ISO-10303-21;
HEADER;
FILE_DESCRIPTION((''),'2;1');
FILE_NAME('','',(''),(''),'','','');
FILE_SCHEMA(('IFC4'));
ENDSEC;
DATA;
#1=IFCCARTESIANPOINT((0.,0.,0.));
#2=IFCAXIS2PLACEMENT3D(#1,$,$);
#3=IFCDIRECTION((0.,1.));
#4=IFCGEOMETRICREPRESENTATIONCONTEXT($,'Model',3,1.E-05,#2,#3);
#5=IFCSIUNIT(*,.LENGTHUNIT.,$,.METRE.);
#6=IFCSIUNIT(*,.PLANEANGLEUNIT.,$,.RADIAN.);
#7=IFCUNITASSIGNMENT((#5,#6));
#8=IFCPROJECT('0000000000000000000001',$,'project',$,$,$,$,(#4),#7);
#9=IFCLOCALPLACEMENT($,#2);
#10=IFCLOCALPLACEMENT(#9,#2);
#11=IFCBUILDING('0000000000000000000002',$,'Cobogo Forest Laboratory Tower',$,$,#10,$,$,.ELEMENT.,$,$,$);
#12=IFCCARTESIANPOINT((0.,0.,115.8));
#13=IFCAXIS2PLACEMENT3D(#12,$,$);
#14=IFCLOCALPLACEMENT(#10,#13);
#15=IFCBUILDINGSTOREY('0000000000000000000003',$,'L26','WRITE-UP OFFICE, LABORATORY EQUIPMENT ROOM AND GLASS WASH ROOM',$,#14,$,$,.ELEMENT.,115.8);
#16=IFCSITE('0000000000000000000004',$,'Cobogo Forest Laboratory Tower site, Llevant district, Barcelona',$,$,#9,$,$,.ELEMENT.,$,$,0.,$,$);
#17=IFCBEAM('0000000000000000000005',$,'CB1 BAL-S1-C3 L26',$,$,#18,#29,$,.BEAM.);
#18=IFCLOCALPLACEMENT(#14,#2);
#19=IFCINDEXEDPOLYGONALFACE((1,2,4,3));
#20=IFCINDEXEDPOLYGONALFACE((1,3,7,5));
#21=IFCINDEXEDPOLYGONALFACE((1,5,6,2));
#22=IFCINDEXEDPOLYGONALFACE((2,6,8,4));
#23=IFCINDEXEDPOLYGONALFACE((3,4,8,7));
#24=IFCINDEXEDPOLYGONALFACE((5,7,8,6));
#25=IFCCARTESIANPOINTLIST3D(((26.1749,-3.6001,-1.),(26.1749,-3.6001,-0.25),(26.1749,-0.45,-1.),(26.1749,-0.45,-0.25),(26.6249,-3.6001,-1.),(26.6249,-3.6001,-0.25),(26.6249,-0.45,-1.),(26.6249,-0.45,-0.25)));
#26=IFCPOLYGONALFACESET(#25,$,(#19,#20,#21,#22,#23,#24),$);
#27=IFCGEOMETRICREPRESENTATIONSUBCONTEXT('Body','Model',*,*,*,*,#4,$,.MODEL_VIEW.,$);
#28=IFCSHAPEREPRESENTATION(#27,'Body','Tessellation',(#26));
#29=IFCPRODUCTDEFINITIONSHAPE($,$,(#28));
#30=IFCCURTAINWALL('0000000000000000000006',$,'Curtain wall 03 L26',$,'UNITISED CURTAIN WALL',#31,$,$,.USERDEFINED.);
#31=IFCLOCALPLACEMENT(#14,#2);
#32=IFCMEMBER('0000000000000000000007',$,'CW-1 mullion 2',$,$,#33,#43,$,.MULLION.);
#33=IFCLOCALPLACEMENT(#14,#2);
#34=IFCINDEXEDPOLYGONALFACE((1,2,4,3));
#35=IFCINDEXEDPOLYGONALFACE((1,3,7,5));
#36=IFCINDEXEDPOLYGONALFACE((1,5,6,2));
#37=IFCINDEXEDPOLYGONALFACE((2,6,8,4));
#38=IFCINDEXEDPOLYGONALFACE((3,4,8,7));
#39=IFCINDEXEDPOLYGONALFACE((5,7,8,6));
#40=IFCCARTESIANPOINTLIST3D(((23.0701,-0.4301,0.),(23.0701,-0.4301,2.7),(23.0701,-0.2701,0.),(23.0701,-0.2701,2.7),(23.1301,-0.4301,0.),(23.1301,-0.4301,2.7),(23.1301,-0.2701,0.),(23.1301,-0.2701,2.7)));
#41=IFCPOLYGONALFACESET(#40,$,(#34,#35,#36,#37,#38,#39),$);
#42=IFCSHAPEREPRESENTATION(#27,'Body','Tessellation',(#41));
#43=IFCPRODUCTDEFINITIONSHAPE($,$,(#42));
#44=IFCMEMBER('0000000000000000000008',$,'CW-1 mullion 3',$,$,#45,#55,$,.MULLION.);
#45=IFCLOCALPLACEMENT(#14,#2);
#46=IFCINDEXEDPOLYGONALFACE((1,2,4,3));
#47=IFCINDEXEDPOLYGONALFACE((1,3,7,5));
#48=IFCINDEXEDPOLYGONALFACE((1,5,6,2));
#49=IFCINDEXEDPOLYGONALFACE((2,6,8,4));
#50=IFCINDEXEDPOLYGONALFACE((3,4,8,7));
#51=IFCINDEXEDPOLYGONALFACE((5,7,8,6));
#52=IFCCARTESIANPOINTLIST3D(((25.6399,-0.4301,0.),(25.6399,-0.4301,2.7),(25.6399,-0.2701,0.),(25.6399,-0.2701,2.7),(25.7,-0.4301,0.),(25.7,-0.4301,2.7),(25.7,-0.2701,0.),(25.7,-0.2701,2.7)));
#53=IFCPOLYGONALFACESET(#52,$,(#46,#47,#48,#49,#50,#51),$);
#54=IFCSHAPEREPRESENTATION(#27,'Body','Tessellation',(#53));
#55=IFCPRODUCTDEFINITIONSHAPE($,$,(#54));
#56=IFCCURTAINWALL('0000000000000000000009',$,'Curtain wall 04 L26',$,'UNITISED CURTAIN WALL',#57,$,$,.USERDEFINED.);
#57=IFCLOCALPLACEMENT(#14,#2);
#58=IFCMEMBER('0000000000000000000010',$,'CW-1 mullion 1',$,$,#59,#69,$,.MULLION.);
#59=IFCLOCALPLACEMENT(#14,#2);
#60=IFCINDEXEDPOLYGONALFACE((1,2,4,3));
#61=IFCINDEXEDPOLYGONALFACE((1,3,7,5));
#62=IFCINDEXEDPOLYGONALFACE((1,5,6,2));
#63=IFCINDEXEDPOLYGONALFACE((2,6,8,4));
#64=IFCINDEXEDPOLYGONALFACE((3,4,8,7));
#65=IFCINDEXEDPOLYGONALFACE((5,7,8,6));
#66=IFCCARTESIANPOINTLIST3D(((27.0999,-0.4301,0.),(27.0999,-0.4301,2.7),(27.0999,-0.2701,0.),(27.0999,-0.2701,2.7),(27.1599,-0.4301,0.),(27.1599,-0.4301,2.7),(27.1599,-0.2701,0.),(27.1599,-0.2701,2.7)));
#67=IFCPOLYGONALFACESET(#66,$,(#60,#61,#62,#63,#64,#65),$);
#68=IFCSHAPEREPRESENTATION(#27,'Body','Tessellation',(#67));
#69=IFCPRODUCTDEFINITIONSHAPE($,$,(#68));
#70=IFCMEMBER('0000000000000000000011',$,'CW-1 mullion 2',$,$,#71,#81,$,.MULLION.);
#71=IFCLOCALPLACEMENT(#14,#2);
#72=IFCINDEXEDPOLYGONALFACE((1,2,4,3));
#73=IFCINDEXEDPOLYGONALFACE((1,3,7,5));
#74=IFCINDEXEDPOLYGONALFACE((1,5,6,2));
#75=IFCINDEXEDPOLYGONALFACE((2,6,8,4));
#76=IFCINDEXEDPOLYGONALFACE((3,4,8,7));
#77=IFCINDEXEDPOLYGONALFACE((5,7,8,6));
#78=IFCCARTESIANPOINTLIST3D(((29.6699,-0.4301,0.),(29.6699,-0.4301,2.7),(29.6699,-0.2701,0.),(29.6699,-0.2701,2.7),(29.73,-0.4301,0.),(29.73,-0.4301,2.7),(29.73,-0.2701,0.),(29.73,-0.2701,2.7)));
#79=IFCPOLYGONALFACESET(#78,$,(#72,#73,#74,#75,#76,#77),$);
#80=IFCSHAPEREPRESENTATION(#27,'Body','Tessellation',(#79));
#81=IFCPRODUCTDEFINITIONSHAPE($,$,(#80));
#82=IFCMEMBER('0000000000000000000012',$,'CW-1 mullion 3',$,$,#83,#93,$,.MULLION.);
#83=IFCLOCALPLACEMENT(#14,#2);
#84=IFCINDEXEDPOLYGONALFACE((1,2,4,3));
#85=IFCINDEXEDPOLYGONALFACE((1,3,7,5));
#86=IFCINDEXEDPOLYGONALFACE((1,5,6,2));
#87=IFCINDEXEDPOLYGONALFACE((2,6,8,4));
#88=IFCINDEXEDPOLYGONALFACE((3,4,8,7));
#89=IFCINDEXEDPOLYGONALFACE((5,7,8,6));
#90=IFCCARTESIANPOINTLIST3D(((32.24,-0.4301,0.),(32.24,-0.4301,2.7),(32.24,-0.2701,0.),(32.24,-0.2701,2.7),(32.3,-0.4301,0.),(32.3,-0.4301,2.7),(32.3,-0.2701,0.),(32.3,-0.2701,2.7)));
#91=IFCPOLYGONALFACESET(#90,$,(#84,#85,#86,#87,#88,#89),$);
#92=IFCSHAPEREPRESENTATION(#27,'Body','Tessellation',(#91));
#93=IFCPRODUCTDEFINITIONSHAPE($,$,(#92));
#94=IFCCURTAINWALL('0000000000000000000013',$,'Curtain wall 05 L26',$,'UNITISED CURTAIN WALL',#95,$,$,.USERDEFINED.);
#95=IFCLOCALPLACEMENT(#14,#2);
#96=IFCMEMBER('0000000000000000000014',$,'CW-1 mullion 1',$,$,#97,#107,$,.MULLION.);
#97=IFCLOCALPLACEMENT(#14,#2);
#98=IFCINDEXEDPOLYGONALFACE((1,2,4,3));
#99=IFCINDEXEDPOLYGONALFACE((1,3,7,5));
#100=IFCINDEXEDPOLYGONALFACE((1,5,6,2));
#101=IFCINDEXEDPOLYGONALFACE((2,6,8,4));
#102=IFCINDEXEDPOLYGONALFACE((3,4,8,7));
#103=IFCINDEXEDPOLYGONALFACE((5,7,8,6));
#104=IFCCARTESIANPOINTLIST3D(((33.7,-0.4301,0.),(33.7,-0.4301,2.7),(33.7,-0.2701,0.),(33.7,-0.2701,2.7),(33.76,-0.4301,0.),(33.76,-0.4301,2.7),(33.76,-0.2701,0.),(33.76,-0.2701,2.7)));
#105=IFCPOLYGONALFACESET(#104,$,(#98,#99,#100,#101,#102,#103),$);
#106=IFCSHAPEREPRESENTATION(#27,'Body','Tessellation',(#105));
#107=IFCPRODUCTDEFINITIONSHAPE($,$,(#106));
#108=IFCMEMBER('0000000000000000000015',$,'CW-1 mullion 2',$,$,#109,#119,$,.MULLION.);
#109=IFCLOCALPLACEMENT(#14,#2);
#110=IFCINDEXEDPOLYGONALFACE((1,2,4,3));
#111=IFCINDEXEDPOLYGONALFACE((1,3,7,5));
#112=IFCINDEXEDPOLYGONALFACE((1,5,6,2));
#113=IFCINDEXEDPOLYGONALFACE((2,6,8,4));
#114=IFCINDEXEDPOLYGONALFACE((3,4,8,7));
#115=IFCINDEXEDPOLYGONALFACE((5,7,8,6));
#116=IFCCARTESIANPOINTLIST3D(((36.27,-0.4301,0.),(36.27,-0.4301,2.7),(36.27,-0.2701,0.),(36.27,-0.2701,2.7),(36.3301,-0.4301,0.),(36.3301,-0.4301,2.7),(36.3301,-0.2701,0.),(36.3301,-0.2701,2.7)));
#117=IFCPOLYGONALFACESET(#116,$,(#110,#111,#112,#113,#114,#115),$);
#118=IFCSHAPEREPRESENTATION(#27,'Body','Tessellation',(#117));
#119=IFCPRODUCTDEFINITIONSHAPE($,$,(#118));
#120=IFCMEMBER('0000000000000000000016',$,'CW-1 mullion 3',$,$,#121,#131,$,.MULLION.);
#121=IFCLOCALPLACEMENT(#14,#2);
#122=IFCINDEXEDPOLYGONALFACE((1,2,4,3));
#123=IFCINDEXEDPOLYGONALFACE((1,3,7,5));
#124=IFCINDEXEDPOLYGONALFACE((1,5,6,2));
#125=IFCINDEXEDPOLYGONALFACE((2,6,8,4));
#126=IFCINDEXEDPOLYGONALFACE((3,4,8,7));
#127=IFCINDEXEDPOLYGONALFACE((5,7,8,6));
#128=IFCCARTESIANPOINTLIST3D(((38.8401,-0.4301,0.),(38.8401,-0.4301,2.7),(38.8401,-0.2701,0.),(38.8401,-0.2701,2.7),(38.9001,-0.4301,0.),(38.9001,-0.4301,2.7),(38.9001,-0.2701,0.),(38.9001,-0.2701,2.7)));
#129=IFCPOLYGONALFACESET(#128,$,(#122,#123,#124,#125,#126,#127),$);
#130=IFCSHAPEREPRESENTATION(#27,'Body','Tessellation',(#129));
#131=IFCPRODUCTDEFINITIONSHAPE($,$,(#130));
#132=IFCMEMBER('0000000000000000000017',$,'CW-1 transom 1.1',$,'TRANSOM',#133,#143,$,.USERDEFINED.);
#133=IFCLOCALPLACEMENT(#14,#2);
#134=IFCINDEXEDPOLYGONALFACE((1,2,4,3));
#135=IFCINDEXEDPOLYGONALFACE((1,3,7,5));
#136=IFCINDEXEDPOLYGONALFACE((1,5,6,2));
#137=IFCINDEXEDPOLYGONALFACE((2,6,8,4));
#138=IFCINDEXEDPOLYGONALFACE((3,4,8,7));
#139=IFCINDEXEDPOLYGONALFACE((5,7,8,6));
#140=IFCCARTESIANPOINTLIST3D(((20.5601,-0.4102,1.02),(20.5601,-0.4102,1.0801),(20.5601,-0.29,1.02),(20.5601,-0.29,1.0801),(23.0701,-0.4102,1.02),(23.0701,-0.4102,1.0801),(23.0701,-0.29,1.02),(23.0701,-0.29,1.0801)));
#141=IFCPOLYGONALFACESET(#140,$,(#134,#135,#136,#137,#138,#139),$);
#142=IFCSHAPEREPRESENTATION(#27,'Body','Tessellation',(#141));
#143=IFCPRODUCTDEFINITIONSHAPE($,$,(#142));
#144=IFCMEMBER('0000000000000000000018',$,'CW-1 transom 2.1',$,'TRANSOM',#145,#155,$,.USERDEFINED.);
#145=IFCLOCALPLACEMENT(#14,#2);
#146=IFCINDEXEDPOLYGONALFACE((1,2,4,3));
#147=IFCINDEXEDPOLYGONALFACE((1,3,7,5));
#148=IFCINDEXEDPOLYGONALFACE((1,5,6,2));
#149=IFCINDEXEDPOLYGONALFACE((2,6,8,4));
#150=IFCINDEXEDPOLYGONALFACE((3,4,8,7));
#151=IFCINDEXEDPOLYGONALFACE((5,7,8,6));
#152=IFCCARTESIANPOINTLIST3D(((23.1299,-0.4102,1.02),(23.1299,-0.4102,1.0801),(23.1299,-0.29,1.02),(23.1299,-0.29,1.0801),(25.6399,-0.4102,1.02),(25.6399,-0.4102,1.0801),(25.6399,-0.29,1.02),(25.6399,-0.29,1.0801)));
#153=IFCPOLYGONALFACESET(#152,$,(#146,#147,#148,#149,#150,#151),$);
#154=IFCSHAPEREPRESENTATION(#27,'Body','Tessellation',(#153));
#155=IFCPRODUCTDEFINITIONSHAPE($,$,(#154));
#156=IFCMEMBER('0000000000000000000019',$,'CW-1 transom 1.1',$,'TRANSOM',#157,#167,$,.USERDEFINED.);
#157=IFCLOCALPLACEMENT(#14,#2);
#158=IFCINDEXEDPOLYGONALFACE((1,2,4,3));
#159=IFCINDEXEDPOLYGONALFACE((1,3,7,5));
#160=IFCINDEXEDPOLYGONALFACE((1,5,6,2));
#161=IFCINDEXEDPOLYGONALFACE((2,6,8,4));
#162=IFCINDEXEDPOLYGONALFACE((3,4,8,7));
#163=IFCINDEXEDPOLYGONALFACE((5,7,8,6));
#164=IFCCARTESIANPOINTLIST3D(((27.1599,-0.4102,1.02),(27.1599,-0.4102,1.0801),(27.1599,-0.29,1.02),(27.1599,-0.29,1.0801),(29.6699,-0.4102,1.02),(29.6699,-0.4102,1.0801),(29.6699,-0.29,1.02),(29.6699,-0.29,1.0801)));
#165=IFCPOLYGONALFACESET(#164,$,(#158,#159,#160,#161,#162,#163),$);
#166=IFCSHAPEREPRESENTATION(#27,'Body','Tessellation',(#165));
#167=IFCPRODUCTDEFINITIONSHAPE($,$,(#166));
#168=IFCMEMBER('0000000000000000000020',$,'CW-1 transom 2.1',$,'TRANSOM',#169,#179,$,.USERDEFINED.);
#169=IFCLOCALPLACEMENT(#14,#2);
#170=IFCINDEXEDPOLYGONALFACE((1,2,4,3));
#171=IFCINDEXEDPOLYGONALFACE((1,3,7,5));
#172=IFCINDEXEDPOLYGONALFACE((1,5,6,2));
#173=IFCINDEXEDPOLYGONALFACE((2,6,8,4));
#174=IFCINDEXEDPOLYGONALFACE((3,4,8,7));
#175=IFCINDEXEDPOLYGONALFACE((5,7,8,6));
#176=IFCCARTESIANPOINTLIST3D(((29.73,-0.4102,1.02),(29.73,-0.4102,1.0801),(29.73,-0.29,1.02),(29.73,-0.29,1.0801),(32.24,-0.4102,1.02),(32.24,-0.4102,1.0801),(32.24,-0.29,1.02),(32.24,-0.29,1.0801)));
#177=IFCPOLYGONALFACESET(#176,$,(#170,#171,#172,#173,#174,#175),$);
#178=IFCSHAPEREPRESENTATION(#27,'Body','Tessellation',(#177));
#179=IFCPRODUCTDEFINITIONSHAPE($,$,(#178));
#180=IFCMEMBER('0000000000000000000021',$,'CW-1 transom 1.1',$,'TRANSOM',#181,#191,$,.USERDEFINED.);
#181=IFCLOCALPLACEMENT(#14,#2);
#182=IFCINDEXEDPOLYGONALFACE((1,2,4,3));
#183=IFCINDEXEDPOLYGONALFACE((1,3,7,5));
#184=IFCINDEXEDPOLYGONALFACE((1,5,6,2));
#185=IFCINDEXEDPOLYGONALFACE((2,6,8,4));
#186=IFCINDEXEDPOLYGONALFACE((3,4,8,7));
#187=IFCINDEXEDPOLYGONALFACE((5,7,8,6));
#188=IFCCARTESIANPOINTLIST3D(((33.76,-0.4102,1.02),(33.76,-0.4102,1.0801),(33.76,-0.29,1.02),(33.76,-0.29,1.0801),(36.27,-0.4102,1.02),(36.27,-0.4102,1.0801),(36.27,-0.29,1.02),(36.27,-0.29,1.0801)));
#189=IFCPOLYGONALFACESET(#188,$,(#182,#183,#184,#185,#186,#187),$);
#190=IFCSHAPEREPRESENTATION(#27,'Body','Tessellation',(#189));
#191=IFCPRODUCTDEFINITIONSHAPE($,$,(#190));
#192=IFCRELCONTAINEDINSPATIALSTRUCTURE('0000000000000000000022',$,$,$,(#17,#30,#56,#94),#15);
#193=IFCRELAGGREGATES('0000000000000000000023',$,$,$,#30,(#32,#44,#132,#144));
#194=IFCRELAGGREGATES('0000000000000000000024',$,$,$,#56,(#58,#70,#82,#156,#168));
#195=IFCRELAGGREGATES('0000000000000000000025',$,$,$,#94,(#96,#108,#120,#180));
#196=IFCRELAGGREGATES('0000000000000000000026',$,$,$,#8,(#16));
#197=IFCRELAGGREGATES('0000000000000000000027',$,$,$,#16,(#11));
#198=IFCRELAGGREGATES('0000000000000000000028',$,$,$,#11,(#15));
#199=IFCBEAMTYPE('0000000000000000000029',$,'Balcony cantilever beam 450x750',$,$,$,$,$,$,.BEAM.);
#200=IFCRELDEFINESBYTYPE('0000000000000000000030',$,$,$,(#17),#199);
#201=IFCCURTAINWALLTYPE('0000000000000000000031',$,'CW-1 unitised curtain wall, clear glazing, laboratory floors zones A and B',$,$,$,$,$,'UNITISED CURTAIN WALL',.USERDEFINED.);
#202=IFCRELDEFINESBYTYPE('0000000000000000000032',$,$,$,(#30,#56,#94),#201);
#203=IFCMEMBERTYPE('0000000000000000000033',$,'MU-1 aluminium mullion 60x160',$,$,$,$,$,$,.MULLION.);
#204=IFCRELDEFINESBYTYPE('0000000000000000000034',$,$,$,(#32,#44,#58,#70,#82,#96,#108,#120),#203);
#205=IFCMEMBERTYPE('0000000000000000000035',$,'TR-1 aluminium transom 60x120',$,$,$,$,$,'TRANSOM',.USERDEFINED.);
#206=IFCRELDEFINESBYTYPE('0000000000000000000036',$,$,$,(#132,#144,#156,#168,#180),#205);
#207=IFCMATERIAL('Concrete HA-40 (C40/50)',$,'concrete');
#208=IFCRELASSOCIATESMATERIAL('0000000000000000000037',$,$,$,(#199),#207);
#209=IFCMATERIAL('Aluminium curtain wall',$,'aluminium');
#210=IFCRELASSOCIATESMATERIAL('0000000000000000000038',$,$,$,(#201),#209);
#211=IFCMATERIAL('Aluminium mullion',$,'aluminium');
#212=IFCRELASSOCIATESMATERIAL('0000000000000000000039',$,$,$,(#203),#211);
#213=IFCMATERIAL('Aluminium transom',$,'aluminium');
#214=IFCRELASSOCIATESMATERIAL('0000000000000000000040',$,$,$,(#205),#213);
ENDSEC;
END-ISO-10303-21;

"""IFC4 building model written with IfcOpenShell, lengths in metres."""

from ifc_helpers import new_model, si_unit, direction, frame, origin, origin_2d, place, context, subcontext, project, spatial, rectangle, extrude, material, material_profile, profile_set, type_object, element, aggregate, save


model = new_model("IFC4")

# Units and contexts
model_context = context("Model", 3, precision=1e-05, world=origin(), true_north=direction((0.0, 1.0)))
body_context = subcontext(model_context, "Body", "Model", "MODEL_VIEW")
ifc_project = project(units=[si_unit("LENGTHUNIT", "METRE"), si_unit("PLANEANGLEUNIT", "RADIAN")], contexts=[model_context])

# Site, building, storey
site_placement = place(None, origin())
site = spatial("IfcSite", under=ifc_project, at=site_placement, Name="Cobogo Forest Laboratory Tower site, Llevant district, Barcelona", CompositionType="ELEMENT", RefElevation=0.0)
building_placement = place(site_placement, origin())
building = spatial("IfcBuilding", under=site, at=building_placement, Name="Cobogo Forest Laboratory Tower", CompositionType="ELEMENT")
storey_placement = place(building_placement, frame((0.0, 0.0, 115.8)))
storey = spatial("IfcBuildingStorey", under=building, at=storey_placement, Name="L26", Description="WRITE-UP OFFICE, LABORATORY EQUIPMENT ROOM AND GLASS WASH ROOM", CompositionType="ELEMENT", Elevation=115.8)

# Beam
ifc_material_1 = material(Name="Concrete HA-40 (C40/50)", Category="concrete")
ifc_material_profile_1 = material_profile(ifc_material_1, rectangle(XDim=0.45, YDim=0.75, at=origin_2d()), Name="RC 450x750")
ifc_profile_set_1 = profile_set([ifc_material_profile_1], Name="Concrete HA-40 (C40/50)")
beam_type = type_object("IfcBeamType", Name="Balcony cantilever beam 450x750", PredefinedType="BEAM", material=ifc_profile_set_1)
beam_placement = place(storey_placement, frame((26.3999, -0.45, -0.625), z_axis=(0.0, -1.0, 0.0), x_axis=(1.0, 0.0, 0.0)))
element("IfcBeam", 1, at=beam_placement, inside=storey, type_object=beam_type, Name="CB1 BAL-S1-C3 L26", PredefinedType="BEAM", context=body_context, shape_type="SweptSolid", body=[
    extrude(rectangle(XDim=0.45, YDim=0.75, at=origin_2d()), origin(), (0.0, 0.0, 1.0), 3.1501),
])

# Curtain walls, members
ifc_material_2 = material(Name="Aluminium curtain wall", Category="aluminium")
curtain_wall_type = type_object("IfcCurtainWallType", Name="CW-1 unitised curtain wall, clear glazing, laboratory floors zones A and B", ElementType="UNITISED CURTAIN WALL", PredefinedType="USERDEFINED", material=ifc_material_2)
curtain_wall_1_placement = place(storey_placement, origin())
curtain_wall_1 = element("IfcCurtainWall", 2, at=curtain_wall_1_placement, inside=storey, type_object=curtain_wall_type, Name="Curtain wall 03 L26", ObjectType="UNITISED CURTAIN WALL", PredefinedType="USERDEFINED")
ifc_material_3 = material(Name="Aluminium mullion", Category="aluminium")
ifc_material_profile_2 = material_profile(ifc_material_3, rectangle(XDim=0.0601, YDim=0.1599, at=origin_2d()), Name="AL 60x160")
ifc_profile_set_2 = profile_set([ifc_material_profile_2], Name="Aluminium mullion")
member_type_1 = type_object("IfcMemberType", Name="MU-1 aluminium mullion 60x160", PredefinedType="MULLION", material=ifc_profile_set_2)
member_1_placement = place(storey_placement, frame((23.1001, -0.3501, 0.0), z_axis=(0.0, 0.0, 1.0), x_axis=(1.0, 0.0, 0.0)))
member_1 = element("IfcMember", 3, at=member_1_placement, type_object=member_type_1, Name="CW-1 mullion 2", PredefinedType="MULLION", context=body_context, shape_type="SweptSolid", body=[
    extrude(rectangle(XDim=0.0601, YDim=0.1599, at=origin_2d()), origin(), (0.0, 0.0, 1.0), 2.7),
])
member_2_placement = place(storey_placement, frame((25.6699, -0.3501, 0.0), z_axis=(0.0, 0.0, 1.0), x_axis=(1.0, 0.0, 0.0)))
member_2 = element("IfcMember", 4, at=member_2_placement, type_object=member_type_1, Name="CW-1 mullion 3", PredefinedType="MULLION", context=body_context, shape_type="SweptSolid", body=[
    extrude(rectangle(XDim=0.0601, YDim=0.1599, at=origin_2d()), origin(), (0.0, 0.0, 1.0), 2.7),
])
curtain_wall_2_placement = place(storey_placement, origin())
curtain_wall_2 = element("IfcCurtainWall", 5, at=curtain_wall_2_placement, inside=storey, type_object=curtain_wall_type, Name="Curtain wall 04 L26", ObjectType="UNITISED CURTAIN WALL", PredefinedType="USERDEFINED")
member_3_placement = place(storey_placement, frame((27.1299, -0.3501, 0.0), z_axis=(0.0, 0.0, 1.0), x_axis=(1.0, 0.0, 0.0)))
member_3 = element("IfcMember", 6, at=member_3_placement, type_object=member_type_1, Name="CW-1 mullion 1", PredefinedType="MULLION", context=body_context, shape_type="SweptSolid", body=[
    extrude(rectangle(XDim=0.0601, YDim=0.1599, at=origin_2d()), origin(), (0.0, 0.0, 1.0), 2.7),
])
member_4_placement = place(storey_placement, frame((29.7, -0.3501, 0.0), z_axis=(0.0, 0.0, 1.0), x_axis=(1.0, 0.0, 0.0)))
member_4 = element("IfcMember", 7, at=member_4_placement, type_object=member_type_1, Name="CW-1 mullion 2", PredefinedType="MULLION", context=body_context, shape_type="SweptSolid", body=[
    extrude(rectangle(XDim=0.0601, YDim=0.1599, at=origin_2d()), origin(), (0.0, 0.0, 1.0), 2.7),
])
member_5_placement = place(storey_placement, frame((32.27, -0.3501, 0.0), z_axis=(0.0, 0.0, 1.0), x_axis=(1.0, 0.0, 0.0)))
member_5 = element("IfcMember", 8, at=member_5_placement, type_object=member_type_1, Name="CW-1 mullion 3", PredefinedType="MULLION", context=body_context, shape_type="SweptSolid", body=[
    extrude(rectangle(XDim=0.0601, YDim=0.1599, at=origin_2d()), origin(), (0.0, 0.0, 1.0), 2.7),
])
curtain_wall_3_placement = place(storey_placement, origin())
curtain_wall_3 = element("IfcCurtainWall", 9, at=curtain_wall_3_placement, inside=storey, type_object=curtain_wall_type, Name="Curtain wall 05 L26", ObjectType="UNITISED CURTAIN WALL", PredefinedType="USERDEFINED")
member_6_placement = place(storey_placement, frame((33.73, -0.3501, 0.0), z_axis=(0.0, 0.0, 1.0), x_axis=(1.0, 0.0, 0.0)))
member_6 = element("IfcMember", 10, at=member_6_placement, type_object=member_type_1, Name="CW-1 mullion 1", PredefinedType="MULLION", context=body_context, shape_type="SweptSolid", body=[
    extrude(rectangle(XDim=0.0601, YDim=0.1599, at=origin_2d()), origin(), (0.0, 0.0, 1.0), 2.7),
])
member_7_placement = place(storey_placement, frame((36.3, -0.3501, 0.0), z_axis=(0.0, 0.0, 1.0), x_axis=(1.0, 0.0, 0.0)))
member_7 = element("IfcMember", 11, at=member_7_placement, type_object=member_type_1, Name="CW-1 mullion 2", PredefinedType="MULLION", context=body_context, shape_type="SweptSolid", body=[
    extrude(rectangle(XDim=0.0601, YDim=0.1599, at=origin_2d()), origin(), (0.0, 0.0, 1.0), 2.7),
])
member_8_placement = place(storey_placement, frame((38.8701, -0.3501, 0.0), z_axis=(0.0, 0.0, 1.0), x_axis=(1.0, 0.0, 0.0)))
member_8 = element("IfcMember", 12, at=member_8_placement, type_object=member_type_1, Name="CW-1 mullion 3", PredefinedType="MULLION", context=body_context, shape_type="SweptSolid", body=[
    extrude(rectangle(XDim=0.0601, YDim=0.1599, at=origin_2d()), origin(), (0.0, 0.0, 1.0), 2.7),
])

# Members
ifc_material_4 = material(Name="Aluminium transom", Category="aluminium")
ifc_material_profile_3 = material_profile(ifc_material_4, rectangle(XDim=0.1201, YDim=0.0601, at=origin_2d()), Name="AL 60x120")
ifc_profile_set_3 = profile_set([ifc_material_profile_3], Name="Aluminium transom")
member_type_2 = type_object("IfcMemberType", Name="TR-1 aluminium transom 60x120", ElementType="TRANSOM", PredefinedType="USERDEFINED", material=ifc_profile_set_3)
member_9_placement = place(storey_placement, frame((20.5601, -0.3501, 1.05), z_axis=(1.0, 0.0, 0.0), x_axis=(0.0, 1.0, 0.0)))
member_9 = element("IfcMember", 13, at=member_9_placement, type_object=member_type_2, Name="CW-1 transom 1.1", ObjectType="TRANSOM", PredefinedType="USERDEFINED", context=body_context, shape_type="SweptSolid", body=[
    extrude(rectangle(XDim=0.1201, YDim=0.0601, at=origin_2d()), origin(), (0.0, 0.0, 1.0), 2.51),
])
member_10_placement = place(storey_placement, frame((23.1299, -0.3501, 1.05), z_axis=(1.0, 0.0, 0.0), x_axis=(0.0, 1.0, 0.0)))
member_10 = element("IfcMember", 14, at=member_10_placement, type_object=member_type_2, Name="CW-1 transom 2.1", ObjectType="TRANSOM", PredefinedType="USERDEFINED", context=body_context, shape_type="SweptSolid", body=[
    extrude(rectangle(XDim=0.1201, YDim=0.0601, at=origin_2d()), origin(), (0.0, 0.0, 1.0), 2.51),
])
member_11_placement = place(storey_placement, frame((27.1599, -0.3501, 1.05), z_axis=(1.0, 0.0, 0.0), x_axis=(0.0, 1.0, 0.0)))
member_11 = element("IfcMember", 15, at=member_11_placement, type_object=member_type_2, Name="CW-1 transom 1.1", ObjectType="TRANSOM", PredefinedType="USERDEFINED", context=body_context, shape_type="SweptSolid", body=[
    extrude(rectangle(XDim=0.1201, YDim=0.0601, at=origin_2d()), origin(), (0.0, 0.0, 1.0), 2.51),
])
member_12_placement = place(storey_placement, frame((29.73, -0.3501, 1.05), z_axis=(1.0, 0.0, 0.0), x_axis=(0.0, 1.0, 0.0)))
member_12 = element("IfcMember", 16, at=member_12_placement, type_object=member_type_2, Name="CW-1 transom 2.1", ObjectType="TRANSOM", PredefinedType="USERDEFINED", context=body_context, shape_type="SweptSolid", body=[
    extrude(rectangle(XDim=0.1201, YDim=0.0601, at=origin_2d()), origin(), (0.0, 0.0, 1.0), 2.51),
])
member_13_placement = place(storey_placement, frame((33.76, -0.3501, 1.05), z_axis=(1.0, 0.0, 0.0), x_axis=(0.0, 1.0, 0.0)))
member_13 = element("IfcMember", 17, at=member_13_placement, type_object=member_type_2, Name="CW-1 transom 1.1", ObjectType="TRANSOM", PredefinedType="USERDEFINED", context=body_context, shape_type="SweptSolid", body=[
    extrude(rectangle(XDim=0.1201, YDim=0.0601, at=origin_2d()), origin(), (0.0, 0.0, 1.0), 2.51),
])

aggregate(curtain_wall_1, [member_1, member_2, member_9, member_10])
aggregate(curtain_wall_2, [member_3, member_4, member_5, member_11, member_12])
aggregate(curtain_wall_3, [member_6, member_7, member_8, member_13])

save(model, "model.ifc")
